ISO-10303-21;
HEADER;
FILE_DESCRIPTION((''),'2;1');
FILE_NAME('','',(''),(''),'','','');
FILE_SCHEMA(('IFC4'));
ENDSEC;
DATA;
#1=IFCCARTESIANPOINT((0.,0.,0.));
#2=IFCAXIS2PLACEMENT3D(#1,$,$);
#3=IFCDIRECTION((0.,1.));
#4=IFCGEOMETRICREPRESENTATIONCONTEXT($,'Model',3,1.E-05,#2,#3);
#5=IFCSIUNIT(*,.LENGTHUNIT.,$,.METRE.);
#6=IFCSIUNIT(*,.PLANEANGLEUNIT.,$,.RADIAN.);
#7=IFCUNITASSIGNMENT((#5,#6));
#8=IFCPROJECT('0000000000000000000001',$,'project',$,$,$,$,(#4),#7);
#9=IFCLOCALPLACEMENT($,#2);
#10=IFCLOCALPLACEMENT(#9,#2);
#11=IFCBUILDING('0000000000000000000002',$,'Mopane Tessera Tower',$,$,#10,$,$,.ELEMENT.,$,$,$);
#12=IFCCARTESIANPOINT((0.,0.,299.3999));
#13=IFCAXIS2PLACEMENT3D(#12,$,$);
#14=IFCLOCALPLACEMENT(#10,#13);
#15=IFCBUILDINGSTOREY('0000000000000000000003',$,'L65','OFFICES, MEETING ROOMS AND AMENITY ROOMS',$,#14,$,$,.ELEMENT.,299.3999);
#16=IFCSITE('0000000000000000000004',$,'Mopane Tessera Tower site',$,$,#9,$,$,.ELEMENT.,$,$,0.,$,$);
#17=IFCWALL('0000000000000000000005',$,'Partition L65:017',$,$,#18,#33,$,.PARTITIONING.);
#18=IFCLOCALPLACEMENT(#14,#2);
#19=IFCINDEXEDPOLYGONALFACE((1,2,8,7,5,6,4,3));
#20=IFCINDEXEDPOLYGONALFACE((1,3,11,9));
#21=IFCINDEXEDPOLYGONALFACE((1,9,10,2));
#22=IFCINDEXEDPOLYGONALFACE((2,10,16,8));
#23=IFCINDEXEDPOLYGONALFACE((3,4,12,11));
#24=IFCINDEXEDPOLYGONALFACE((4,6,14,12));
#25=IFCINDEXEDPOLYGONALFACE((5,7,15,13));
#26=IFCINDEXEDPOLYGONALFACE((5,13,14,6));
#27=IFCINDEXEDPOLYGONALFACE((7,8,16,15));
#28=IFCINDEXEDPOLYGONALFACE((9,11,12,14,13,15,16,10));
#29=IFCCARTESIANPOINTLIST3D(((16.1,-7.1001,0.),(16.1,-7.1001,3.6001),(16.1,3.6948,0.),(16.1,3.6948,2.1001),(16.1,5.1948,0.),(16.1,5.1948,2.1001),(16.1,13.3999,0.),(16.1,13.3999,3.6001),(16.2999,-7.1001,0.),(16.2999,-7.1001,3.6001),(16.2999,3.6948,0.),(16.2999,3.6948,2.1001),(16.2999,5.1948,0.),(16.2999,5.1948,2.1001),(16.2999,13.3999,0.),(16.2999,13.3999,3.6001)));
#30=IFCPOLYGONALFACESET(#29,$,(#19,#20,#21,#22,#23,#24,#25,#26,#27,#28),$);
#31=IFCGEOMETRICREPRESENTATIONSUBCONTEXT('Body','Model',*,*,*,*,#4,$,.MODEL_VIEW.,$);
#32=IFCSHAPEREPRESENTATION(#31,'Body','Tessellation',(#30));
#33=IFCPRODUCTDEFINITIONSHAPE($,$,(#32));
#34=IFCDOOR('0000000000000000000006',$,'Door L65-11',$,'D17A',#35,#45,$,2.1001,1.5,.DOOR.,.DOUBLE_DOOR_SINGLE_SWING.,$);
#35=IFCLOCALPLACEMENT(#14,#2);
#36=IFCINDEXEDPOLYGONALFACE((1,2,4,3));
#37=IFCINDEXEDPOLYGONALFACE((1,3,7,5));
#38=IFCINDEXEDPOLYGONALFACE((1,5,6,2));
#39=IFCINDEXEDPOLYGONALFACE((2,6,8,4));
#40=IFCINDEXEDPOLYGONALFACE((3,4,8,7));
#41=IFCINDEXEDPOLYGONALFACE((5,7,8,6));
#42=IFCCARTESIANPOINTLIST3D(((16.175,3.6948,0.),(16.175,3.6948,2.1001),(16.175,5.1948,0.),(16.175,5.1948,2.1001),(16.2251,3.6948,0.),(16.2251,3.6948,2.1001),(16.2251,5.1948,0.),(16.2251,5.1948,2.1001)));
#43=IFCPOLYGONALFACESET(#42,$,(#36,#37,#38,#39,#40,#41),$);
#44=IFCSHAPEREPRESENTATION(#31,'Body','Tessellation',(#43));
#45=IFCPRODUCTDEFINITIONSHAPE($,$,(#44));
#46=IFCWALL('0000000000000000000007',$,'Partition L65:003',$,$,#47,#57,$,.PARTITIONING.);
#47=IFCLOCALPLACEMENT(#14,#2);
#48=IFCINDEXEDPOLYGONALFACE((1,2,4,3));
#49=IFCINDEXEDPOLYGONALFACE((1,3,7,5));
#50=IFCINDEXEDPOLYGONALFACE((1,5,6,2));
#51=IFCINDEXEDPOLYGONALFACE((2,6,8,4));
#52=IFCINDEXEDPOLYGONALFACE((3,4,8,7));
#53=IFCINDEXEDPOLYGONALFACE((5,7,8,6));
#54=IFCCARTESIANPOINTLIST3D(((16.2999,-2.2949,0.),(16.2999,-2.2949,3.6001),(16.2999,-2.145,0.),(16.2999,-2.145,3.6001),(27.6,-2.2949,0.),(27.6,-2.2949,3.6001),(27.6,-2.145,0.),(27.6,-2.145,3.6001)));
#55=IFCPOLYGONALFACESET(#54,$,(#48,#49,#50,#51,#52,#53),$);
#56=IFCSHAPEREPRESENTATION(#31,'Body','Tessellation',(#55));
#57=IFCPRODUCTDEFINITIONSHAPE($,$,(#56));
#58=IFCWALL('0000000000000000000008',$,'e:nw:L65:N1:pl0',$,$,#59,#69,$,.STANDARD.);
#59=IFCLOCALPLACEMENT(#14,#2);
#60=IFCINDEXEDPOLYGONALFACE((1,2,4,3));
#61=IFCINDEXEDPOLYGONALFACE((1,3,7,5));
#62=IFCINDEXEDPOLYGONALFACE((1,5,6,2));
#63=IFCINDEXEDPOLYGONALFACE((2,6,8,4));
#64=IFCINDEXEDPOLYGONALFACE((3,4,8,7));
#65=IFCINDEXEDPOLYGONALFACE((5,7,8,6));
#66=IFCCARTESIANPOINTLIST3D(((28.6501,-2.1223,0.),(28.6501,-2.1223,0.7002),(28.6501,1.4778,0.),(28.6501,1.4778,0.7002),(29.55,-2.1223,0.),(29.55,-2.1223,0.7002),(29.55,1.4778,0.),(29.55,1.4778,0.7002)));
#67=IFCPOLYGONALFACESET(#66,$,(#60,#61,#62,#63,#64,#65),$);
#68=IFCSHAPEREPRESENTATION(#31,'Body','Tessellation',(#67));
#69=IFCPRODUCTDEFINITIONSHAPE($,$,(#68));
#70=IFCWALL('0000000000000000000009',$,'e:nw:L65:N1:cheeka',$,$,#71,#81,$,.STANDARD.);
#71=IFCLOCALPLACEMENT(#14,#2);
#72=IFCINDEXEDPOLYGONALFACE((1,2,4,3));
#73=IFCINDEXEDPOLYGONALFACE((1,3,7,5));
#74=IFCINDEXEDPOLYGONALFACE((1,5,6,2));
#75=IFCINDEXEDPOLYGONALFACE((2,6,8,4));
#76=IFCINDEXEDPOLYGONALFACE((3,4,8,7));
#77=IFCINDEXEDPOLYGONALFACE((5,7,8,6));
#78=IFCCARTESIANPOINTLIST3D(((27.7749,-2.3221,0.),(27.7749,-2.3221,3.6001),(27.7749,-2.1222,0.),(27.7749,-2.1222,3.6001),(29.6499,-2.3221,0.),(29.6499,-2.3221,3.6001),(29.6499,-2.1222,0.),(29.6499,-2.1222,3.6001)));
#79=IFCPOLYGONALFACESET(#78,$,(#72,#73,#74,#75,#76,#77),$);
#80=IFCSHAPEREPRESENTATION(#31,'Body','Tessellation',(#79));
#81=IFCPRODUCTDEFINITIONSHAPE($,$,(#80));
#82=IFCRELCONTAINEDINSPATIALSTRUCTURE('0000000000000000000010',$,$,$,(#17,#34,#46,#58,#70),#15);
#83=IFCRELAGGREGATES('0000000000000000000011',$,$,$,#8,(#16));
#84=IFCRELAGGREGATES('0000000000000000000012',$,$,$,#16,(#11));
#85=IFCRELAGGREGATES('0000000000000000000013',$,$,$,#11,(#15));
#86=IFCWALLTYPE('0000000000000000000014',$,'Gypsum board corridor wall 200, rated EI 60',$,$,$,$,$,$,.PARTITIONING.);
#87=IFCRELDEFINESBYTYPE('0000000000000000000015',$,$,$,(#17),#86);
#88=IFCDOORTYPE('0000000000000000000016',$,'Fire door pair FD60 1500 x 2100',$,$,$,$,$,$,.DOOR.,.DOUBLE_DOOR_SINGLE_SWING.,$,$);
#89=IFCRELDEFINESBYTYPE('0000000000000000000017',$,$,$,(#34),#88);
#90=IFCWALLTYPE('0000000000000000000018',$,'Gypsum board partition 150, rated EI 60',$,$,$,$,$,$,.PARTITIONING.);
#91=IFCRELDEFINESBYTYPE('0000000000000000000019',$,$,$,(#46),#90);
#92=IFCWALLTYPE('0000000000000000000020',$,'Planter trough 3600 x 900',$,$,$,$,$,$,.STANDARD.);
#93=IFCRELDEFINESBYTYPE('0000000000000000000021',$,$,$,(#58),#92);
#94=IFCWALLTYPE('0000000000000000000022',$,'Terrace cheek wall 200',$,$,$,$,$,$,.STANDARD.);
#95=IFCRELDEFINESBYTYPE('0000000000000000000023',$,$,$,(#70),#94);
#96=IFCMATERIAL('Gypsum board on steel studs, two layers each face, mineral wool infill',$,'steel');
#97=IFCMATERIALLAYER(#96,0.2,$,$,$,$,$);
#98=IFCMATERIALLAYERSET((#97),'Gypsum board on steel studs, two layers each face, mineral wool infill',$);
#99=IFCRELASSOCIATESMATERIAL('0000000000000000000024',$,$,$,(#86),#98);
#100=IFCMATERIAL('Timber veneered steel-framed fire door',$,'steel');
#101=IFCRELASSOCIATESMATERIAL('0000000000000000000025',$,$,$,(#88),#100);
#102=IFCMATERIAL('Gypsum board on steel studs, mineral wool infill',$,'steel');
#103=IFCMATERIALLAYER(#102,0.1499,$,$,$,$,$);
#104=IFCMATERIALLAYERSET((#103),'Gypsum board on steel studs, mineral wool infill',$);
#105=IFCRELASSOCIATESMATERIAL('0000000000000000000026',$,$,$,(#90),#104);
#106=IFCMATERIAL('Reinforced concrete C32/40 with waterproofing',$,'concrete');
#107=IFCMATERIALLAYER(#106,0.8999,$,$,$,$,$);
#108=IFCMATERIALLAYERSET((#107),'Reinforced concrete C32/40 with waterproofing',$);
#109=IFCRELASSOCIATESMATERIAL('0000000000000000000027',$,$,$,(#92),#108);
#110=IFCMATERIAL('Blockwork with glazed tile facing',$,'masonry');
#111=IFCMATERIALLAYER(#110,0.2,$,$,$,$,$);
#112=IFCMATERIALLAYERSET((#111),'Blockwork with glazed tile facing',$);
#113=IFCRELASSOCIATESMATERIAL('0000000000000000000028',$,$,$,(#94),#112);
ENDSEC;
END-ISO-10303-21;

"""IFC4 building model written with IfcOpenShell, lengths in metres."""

from ifc_helpers import new_model, si_unit, direction, frame, frame_2d, origin, place, context, subcontext, project, spatial, rectangle, extrude, material, layer, layer_set, type_object, element, fill, save


model = new_model("IFC4")

# Units and contexts
model_context = context("Model", 3, precision=1e-05, world=origin(), true_north=direction((0.0, 1.0)))
body_context = subcontext(model_context, "Body", "Model", "MODEL_VIEW")
ifc_project = project(units=[si_unit("LENGTHUNIT", "METRE"), si_unit("PLANEANGLEUNIT", "RADIAN")], contexts=[model_context])

# Site, building, storey
site_placement = place(None, origin())
site = spatial("IfcSite", under=ifc_project, at=site_placement, Name="Mopane Tessera Tower site", CompositionType="ELEMENT", RefElevation=0.0)
building_placement = place(site_placement, origin())
building = spatial("IfcBuilding", under=site, at=building_placement, Name="Mopane Tessera Tower", CompositionType="ELEMENT")
storey_placement = place(building_placement, frame((0.0, 0.0, 299.3999)))
storey = spatial("IfcBuildingStorey", under=building, at=storey_placement, Name="L65", Description="OFFICES, MEETING ROOMS AND AMENITY ROOMS", CompositionType="ELEMENT", Elevation=299.3999)

# Wall, opening, door
ifc_material_1 = material(Name="Gypsum board on steel studs, two layers each face, mineral wool infill", Category="steel")
ifc_layer_1 = layer(ifc_material_1, 0.2)
ifc_layer_set_1 = layer_set([ifc_layer_1], Name="Gypsum board on steel studs, two layers each face, mineral wool infill")
wall_type_1 = type_object("IfcWallType", Name="Gypsum board corridor wall 200, rated EI 60", PredefinedType="PARTITIONING", material=ifc_layer_set_1)
wall_1_placement = place(storey_placement, frame((16.2, -7.1001, 0.0), z_axis=(0.0, 0.0, 1.0), x_axis=(0.0, 1.0, 0.0)))
wall_1 = element("IfcWall", 1, at=wall_1_placement, inside=storey, type_object=wall_type_1, Name="Partition L65:017", PredefinedType="PARTITIONING", context=body_context, shape_type="SweptSolid", body=[
    extrude(rectangle(XDim=20.5, YDim=0.2, at=frame_2d((10.25, 0.0))), origin(), (0.0, 0.0, 1.0), 3.6001),
])
opening_1_placement = place(wall_1_placement, frame((10.7949, 0.0, 0.0)))
opening_1 = element("IfcOpeningElement", 2, at=opening_1_placement, cuts=wall_1, PredefinedType="OPENING", context=body_context, shape_type="SweptSolid", body=[
    extrude(rectangle(XDim=1.5, YDim=2.1001, at=frame_2d((0.75, 1.05))), frame((0.0, 0.1121, 0.0), z_axis=(0.0, -1.0, 0.0), x_axis=(1.0, 0.0, 0.0)), (0.0, 0.0, 1.0), 0.2239),
])
ifc_material_2 = material(Name="Timber veneered steel-framed fire door", Category="steel")
door_type_1 = type_object("IfcDoorType", Name="Fire door pair FD60 1500 x 2100", OperationType="DOUBLE_DOOR_SINGLE_SWING", PredefinedType="DOOR", material=ifc_material_2)
door_1_placement = place(opening_1_placement, origin())
door_1 = element("IfcDoor", 3, at=door_1_placement, inside=storey, type_object=door_type_1, Name="Door L65-11", ObjectType="D17A", OperationType="DOUBLE_DOOR_SINGLE_SWING", OverallHeight=2.1001, OverallWidth=1.5, PredefinedType="DOOR", context=body_context, shape_type="SweptSolid", body=[
    extrude(rectangle(XDim=1.5, YDim=2.1001, at=frame_2d((0.75, 1.05))), frame((0.0, 0.0249, 0.0), z_axis=(0.0, -1.0, 0.0), x_axis=(1.0, 0.0, 0.0)), (0.0, 0.0, 1.0), 0.05),
])
fill(opening_1, door_1)

# Walls
ifc_material_3 = material(Name="Gypsum board on steel studs, mineral wool infill", Category="steel")
ifc_layer_2 = layer(ifc_material_3, 0.1499)
ifc_layer_set_2 = layer_set([ifc_layer_2], Name="Gypsum board on steel studs, mineral wool infill")
wall_type_2 = type_object("IfcWallType", Name="Gypsum board partition 150, rated EI 60", PredefinedType="PARTITIONING", material=ifc_layer_set_2)
wall_2_placement = place(storey_placement, frame((16.3, -2.22, 0.0), z_axis=(0.0, 0.0, 1.0), x_axis=(1.0, 0.0, 0.0)))
element("IfcWall", 4, at=wall_2_placement, inside=storey, type_object=wall_type_2, Name="Partition L65:003", PredefinedType="PARTITIONING", context=body_context, shape_type="SweptSolid", body=[
    extrude(rectangle(XDim=11.3, YDim=0.1499, at=frame_2d((5.6499, 0.0))), origin(), (0.0, 0.0, 1.0), 3.6001),
])
ifc_material_4 = material(Name="Reinforced concrete C32/40 with waterproofing", Category="concrete")
ifc_layer_3 = layer(ifc_material_4, 0.8999)
ifc_layer_set_3 = layer_set([ifc_layer_3], Name="Reinforced concrete C32/40 with waterproofing")
wall_type_3 = type_object("IfcWallType", Name="Planter trough 3600 x 900", PredefinedType="STANDARD", material=ifc_layer_set_3)
wall_3_placement = place(storey_placement, frame((29.1001, -2.1223, 0.0), z_axis=(0.0, 0.0, 1.0), x_axis=(0.0, 1.0, 0.0)))
element("IfcWall", 5, at=wall_3_placement, inside=storey, type_object=wall_type_3, Name="e:nw:L65:N1:pl0", PredefinedType="STANDARD", context=body_context, shape_type="SweptSolid", body=[
    extrude(rectangle(XDim=3.6001, YDim=0.8999, at=frame_2d((1.8, 0.0))), origin(), (0.0, 0.0, 1.0), 0.7002),
])
ifc_material_5 = material(Name="Blockwork with glazed tile facing", Category="masonry")
ifc_layer_4 = layer(ifc_material_5, 0.2)
ifc_layer_set_4 = layer_set([ifc_layer_4], Name="Blockwork with glazed tile facing")
wall_type_4 = type_object("IfcWallType", Name="Terrace cheek wall 200", PredefinedType="STANDARD", material=ifc_layer_set_4)
wall_4_placement = place(storey_placement, frame((29.6499, -2.2222, 0.0), z_axis=(0.0, 0.0, 1.0), x_axis=(-1.0, 0.0, 0.0)))
element("IfcWall", 6, at=wall_4_placement, inside=storey, type_object=wall_type_4, Name="e:nw:L65:N1:cheeka", PredefinedType="STANDARD", context=body_context, shape_type="SweptSolid", body=[
    extrude(rectangle(XDim=1.875, YDim=0.2, at=frame_2d((0.9375, 0.0))), origin(), (0.0, 0.0, 1.0), 3.6001),
])

save(model, "model.ifc")
